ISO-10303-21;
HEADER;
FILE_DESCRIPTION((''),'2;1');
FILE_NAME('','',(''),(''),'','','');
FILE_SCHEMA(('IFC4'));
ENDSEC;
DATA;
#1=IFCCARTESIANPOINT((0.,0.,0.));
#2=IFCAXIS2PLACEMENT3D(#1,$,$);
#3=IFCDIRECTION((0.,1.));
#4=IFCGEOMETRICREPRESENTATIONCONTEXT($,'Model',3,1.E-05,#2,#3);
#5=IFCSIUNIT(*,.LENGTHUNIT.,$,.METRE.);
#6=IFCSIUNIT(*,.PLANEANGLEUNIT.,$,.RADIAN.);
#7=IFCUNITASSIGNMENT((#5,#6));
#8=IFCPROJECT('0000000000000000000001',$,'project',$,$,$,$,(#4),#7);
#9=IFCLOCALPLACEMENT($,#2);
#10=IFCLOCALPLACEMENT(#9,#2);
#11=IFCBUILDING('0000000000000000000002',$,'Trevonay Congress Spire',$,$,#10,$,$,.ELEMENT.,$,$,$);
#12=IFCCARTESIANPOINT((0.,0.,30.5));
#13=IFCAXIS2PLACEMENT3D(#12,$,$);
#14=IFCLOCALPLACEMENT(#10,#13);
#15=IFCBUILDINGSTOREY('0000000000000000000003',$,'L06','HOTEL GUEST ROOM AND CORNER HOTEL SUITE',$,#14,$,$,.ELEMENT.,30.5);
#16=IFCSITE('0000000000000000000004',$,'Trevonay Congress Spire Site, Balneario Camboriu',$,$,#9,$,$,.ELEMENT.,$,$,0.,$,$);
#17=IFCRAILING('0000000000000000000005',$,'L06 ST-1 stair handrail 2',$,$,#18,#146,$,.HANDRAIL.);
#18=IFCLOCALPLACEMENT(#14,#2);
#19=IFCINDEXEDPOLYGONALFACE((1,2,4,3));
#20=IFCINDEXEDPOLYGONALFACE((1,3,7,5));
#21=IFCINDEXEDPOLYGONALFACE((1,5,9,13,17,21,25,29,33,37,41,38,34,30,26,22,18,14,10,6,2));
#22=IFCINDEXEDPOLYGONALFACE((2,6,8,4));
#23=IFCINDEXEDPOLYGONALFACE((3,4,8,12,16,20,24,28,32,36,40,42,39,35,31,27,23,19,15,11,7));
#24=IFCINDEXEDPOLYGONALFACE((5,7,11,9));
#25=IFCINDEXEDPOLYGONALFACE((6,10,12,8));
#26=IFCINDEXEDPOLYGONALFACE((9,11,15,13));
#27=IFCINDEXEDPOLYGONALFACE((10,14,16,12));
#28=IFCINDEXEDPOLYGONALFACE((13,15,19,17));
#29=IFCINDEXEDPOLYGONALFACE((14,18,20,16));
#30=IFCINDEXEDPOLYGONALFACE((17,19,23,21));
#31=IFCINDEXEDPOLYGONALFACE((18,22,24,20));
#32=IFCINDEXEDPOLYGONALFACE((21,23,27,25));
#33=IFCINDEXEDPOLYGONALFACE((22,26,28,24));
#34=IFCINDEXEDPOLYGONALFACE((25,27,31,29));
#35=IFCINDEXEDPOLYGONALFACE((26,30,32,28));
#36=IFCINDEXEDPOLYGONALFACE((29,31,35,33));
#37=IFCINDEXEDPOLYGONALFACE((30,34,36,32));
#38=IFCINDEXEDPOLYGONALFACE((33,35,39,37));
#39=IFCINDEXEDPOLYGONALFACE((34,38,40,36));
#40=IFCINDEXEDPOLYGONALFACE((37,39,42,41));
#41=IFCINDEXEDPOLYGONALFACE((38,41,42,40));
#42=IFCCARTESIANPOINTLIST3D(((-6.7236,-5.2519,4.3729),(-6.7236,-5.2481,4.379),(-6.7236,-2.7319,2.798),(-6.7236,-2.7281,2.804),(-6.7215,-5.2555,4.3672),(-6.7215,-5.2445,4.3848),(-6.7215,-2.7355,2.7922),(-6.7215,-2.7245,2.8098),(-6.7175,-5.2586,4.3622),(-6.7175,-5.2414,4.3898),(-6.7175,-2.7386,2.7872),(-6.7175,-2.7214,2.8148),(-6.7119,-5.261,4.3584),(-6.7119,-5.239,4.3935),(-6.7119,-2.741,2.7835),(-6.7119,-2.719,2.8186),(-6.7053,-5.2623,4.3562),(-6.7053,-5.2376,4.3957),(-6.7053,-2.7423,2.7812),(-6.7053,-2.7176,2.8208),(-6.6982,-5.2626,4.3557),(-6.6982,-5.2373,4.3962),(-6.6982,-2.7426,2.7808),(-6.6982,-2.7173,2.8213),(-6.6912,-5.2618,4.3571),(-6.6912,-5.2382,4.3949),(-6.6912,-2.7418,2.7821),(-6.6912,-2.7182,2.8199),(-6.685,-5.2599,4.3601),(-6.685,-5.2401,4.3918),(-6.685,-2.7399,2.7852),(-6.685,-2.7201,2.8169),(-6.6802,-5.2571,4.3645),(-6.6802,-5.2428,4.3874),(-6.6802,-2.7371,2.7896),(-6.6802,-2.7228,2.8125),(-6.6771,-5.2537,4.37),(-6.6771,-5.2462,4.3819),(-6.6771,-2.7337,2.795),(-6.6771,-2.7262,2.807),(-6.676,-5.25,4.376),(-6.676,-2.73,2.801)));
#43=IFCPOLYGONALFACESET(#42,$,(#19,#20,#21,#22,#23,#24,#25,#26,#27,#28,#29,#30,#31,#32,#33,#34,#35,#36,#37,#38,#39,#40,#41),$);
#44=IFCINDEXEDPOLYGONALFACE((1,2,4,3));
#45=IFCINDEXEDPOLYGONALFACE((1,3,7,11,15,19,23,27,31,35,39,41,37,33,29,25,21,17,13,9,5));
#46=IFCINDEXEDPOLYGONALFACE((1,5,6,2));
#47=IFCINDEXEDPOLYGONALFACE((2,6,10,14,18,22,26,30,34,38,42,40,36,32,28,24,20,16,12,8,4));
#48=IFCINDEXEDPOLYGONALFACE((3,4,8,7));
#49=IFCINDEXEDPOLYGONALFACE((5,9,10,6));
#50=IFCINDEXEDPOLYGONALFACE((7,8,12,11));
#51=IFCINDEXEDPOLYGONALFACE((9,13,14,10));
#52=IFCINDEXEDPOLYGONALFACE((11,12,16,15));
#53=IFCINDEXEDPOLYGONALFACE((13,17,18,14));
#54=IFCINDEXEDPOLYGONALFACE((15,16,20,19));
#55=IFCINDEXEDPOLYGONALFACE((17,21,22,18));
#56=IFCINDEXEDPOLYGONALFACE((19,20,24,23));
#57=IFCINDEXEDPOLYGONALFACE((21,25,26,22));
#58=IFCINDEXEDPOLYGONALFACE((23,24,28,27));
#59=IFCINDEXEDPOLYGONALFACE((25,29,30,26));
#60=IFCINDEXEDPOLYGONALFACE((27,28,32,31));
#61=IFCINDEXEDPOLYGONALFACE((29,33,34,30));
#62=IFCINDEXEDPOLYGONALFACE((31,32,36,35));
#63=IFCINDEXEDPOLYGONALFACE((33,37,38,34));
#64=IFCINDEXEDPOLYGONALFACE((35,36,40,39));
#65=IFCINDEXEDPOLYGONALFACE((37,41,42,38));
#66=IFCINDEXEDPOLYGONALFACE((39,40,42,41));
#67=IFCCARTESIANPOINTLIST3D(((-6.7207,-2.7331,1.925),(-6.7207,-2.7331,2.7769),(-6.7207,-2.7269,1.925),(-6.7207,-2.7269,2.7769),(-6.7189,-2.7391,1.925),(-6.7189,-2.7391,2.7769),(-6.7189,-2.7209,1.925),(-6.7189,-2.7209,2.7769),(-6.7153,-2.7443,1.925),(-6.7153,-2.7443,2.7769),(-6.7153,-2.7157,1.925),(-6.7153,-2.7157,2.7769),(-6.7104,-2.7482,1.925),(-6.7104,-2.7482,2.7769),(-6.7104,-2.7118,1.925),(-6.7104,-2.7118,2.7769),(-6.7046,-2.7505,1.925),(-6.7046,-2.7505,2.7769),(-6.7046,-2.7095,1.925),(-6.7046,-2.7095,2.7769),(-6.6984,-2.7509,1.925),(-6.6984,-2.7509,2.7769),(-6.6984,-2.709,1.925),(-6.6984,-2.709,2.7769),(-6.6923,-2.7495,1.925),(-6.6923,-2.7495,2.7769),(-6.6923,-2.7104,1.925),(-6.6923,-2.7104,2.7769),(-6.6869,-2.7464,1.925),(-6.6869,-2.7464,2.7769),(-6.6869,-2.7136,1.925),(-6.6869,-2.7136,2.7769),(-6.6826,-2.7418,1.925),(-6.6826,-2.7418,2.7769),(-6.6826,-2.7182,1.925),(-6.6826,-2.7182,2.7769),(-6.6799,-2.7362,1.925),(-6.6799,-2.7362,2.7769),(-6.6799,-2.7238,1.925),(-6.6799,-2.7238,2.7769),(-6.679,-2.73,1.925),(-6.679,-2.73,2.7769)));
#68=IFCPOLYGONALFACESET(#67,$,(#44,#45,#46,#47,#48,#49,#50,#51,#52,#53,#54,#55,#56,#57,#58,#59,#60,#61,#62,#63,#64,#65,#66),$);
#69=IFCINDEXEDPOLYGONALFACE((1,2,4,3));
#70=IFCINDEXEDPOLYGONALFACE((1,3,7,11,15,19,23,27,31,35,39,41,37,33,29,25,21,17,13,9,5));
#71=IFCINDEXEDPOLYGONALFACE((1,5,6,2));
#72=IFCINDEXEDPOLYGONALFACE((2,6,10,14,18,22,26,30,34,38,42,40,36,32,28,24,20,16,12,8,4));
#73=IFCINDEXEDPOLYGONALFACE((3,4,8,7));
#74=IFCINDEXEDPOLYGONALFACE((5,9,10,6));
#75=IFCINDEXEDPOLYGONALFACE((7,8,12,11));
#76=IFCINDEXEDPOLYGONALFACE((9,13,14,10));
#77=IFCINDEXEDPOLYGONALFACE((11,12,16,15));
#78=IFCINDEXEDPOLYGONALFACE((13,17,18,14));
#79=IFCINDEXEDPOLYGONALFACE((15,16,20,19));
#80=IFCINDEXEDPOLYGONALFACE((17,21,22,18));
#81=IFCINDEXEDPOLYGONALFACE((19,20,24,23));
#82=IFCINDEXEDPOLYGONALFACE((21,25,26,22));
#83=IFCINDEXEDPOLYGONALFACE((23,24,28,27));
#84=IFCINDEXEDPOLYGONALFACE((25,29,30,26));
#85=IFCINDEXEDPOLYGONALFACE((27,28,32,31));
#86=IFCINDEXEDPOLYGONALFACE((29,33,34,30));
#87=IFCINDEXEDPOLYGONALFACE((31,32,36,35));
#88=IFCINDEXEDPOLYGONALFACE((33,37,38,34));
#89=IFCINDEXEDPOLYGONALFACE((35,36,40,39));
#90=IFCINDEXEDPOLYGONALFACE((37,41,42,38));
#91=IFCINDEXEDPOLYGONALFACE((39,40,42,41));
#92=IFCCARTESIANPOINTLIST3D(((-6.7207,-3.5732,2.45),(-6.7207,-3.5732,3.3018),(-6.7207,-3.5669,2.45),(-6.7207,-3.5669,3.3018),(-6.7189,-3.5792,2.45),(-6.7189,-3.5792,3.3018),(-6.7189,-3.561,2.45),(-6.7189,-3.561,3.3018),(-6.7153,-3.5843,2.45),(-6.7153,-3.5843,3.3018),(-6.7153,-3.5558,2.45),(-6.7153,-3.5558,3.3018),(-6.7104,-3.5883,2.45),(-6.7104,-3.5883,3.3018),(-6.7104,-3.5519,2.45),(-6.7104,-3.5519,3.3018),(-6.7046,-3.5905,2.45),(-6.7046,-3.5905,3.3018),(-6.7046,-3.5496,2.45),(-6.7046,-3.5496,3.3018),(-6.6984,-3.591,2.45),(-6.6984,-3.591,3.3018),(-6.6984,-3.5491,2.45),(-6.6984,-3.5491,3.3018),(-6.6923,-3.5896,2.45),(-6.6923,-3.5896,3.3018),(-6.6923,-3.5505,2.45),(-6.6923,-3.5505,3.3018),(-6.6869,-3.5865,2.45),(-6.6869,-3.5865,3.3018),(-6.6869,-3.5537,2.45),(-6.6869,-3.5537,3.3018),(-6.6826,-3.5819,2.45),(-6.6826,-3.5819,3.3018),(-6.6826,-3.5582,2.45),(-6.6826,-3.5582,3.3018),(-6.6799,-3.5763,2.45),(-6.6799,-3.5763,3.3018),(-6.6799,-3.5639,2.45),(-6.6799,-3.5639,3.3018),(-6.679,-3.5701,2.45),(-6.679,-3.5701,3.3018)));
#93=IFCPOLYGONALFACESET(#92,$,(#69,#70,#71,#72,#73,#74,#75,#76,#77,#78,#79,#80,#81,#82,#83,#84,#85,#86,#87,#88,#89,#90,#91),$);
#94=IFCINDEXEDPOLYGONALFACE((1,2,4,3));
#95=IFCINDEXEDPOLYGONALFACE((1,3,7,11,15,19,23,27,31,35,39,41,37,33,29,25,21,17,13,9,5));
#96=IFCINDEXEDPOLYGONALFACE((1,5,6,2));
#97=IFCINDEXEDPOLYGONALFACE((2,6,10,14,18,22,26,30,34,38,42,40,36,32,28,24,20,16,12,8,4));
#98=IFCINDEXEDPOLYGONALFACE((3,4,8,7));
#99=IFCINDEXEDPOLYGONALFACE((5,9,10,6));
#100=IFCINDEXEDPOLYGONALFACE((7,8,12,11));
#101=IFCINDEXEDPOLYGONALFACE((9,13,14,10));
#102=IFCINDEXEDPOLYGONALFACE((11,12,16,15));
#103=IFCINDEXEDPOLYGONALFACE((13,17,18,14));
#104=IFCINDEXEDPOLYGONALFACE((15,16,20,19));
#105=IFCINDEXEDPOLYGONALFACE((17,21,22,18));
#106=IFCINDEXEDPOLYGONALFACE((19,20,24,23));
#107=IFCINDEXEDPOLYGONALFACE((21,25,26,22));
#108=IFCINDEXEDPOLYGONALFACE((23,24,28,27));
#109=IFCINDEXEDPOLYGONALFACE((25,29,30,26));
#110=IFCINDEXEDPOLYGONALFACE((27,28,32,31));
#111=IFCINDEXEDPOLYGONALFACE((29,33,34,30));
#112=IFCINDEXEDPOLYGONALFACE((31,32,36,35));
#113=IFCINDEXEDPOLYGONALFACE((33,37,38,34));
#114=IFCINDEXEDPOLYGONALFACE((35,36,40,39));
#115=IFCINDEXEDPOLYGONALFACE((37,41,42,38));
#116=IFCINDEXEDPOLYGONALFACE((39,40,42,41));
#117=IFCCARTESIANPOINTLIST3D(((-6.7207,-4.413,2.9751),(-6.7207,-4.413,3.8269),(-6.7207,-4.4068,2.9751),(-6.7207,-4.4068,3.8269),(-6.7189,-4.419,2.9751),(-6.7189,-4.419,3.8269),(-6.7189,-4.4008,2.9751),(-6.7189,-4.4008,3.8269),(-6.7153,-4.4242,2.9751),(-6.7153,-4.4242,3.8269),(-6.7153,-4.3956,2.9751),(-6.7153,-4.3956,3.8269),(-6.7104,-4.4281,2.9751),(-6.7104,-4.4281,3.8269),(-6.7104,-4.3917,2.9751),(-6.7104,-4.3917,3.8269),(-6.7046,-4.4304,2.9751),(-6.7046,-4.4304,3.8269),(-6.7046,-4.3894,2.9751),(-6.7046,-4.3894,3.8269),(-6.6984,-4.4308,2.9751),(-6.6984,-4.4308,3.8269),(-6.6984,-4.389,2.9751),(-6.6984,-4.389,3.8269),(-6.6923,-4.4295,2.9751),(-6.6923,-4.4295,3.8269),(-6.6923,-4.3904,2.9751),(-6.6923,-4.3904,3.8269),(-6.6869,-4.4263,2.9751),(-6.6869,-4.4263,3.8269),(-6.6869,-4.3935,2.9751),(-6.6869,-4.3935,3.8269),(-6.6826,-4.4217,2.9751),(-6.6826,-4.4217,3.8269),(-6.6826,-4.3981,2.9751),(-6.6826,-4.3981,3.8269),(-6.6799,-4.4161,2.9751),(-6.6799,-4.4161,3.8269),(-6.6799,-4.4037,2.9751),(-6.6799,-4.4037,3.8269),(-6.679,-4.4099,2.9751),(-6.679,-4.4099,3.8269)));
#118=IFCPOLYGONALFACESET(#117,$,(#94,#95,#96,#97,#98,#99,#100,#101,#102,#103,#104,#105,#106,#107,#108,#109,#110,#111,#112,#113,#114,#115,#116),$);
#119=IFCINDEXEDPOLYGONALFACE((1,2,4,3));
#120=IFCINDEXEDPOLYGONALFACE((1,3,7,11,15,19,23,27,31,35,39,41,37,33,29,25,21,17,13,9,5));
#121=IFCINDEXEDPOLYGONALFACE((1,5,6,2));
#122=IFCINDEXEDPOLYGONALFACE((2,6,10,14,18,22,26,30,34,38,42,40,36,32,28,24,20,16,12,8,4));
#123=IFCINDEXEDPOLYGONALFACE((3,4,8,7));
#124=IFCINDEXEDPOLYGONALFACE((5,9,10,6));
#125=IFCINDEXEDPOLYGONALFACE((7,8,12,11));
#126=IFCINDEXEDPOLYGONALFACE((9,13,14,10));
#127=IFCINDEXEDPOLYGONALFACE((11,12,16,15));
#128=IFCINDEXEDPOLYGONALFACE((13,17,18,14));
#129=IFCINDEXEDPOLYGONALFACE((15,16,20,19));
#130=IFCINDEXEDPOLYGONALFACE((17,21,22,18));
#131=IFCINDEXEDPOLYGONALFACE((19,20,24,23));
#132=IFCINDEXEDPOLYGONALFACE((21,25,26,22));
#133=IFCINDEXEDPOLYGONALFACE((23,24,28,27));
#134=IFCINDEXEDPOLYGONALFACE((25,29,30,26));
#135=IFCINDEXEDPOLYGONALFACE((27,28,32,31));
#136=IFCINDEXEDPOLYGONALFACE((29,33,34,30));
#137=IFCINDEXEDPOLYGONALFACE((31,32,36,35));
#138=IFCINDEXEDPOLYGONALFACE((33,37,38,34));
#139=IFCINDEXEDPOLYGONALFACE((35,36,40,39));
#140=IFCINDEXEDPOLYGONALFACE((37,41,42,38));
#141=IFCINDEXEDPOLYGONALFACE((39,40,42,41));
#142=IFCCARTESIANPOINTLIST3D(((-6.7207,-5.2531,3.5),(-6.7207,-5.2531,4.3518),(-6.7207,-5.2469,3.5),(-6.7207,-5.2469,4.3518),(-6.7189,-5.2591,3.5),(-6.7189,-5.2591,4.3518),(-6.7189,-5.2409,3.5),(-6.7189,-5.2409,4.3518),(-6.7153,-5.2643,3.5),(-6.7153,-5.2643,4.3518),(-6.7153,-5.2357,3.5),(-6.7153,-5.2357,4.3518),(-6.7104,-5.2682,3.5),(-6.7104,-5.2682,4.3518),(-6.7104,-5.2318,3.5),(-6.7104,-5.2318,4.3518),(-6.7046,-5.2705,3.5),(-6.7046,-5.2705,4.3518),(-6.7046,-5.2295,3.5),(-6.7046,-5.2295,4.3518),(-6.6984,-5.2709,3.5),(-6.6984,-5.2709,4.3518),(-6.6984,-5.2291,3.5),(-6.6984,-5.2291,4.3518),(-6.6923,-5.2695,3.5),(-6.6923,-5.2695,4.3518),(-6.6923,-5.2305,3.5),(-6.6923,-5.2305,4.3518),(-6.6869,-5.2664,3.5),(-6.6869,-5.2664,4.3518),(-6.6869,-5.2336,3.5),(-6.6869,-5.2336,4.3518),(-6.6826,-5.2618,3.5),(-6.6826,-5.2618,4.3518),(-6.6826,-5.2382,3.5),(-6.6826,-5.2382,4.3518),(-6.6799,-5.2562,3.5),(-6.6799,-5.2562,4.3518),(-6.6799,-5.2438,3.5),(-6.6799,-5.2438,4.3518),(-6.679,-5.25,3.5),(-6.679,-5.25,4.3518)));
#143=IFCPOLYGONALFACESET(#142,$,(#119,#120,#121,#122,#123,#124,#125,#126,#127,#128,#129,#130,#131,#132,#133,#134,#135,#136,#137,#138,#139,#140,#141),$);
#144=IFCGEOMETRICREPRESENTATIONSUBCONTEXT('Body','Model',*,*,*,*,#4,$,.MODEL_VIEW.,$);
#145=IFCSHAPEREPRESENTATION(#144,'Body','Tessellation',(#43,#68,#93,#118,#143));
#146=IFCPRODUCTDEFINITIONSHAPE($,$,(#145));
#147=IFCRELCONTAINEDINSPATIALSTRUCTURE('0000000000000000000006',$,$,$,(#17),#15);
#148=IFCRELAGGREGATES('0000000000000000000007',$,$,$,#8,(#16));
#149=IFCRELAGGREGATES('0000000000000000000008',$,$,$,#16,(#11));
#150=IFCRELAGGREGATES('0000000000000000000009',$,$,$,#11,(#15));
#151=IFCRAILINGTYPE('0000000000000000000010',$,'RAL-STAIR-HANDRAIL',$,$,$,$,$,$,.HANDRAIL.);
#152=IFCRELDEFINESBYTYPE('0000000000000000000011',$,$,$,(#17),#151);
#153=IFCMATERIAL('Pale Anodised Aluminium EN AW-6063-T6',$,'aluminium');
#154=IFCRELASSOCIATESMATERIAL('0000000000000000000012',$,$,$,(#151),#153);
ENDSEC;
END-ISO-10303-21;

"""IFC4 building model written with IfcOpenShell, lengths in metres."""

from ifc_helpers import new_model, si_unit, direction, frame, origin, origin_2d, place, context, subcontext, project, spatial, circle, extrude, material, type_object, element, save


model = new_model("IFC4")

# Units and contexts
model_context = context("Model", 3, precision=1e-05, world=origin(), true_north=direction((0.0, 1.0)))
body_context = subcontext(model_context, "Body", "Model", "MODEL_VIEW")
ifc_project = project(units=[si_unit("LENGTHUNIT", "METRE"), si_unit("PLANEANGLEUNIT", "RADIAN")], contexts=[model_context])

# Site, building, storey
site_placement = place(None, origin())
site = spatial("IfcSite", under=ifc_project, at=site_placement, Name="Trevonay Congress Spire Site, Balneario Camboriu", CompositionType="ELEMENT", RefElevation=0.0)
building_placement = place(site_placement, origin())
building = spatial("IfcBuilding", under=site, at=building_placement, Name="Trevonay Congress Spire", CompositionType="ELEMENT")
storey_placement = place(building_placement, frame((0.0, 0.0, 30.5)))
storey = spatial("IfcBuildingStorey", under=building, at=storey_placement, Name="L06", Description="HOTEL GUEST ROOM AND CORNER HOTEL SUITE", CompositionType="ELEMENT", Elevation=30.5)

# Shared definitions
ifc_material_1 = material(Name="Pale Anodised Aluminium EN AW-6063-T6", Category="aluminium")

# Railing
railing_type_1 = type_object("IfcRailingType", Name="RAL-STAIR-HANDRAIL", PredefinedType="HANDRAIL", material=ifc_material_1)
railing_1_placement = place(storey_placement, frame((-6.7, -2.73, 1.925)))
element("IfcRailing", 1, at=railing_1_placement, inside=storey, type_object=railing_type_1, Name="L06 ST-1 stair handrail 2", PredefinedType="HANDRAIL", context=body_context, shape_type="SweptSolid", body=[
    extrude(circle(Radius=0.0239, at=origin_2d()), frame((0.0, 0.0, 0.876), z_axis=(0.0, -0.848008, 0.529984), x_axis=(1.0, 0.0, 0.0)), (0.0, 0.0, 1.0), 2.9717),
    extrude(circle(Radius=0.021, at=origin_2d()), origin(), (0.0, 0.0, 1.0), 0.8518),
    extrude(circle(Radius=0.021, at=origin_2d()), frame((0.0, -0.8401, 0.5249)), (0.0, 0.0, 1.0), 0.8518),
    extrude(circle(Radius=0.021, at=origin_2d()), frame((0.0, -1.6799, 1.05)), (0.0, 0.0, 1.0), 0.8518),
    extrude(circle(Radius=0.021, at=origin_2d()), frame((0.0, -2.52, 1.575)), (0.0, 0.0, 1.0), 0.8518),
])

save(model, "model.ifc")
